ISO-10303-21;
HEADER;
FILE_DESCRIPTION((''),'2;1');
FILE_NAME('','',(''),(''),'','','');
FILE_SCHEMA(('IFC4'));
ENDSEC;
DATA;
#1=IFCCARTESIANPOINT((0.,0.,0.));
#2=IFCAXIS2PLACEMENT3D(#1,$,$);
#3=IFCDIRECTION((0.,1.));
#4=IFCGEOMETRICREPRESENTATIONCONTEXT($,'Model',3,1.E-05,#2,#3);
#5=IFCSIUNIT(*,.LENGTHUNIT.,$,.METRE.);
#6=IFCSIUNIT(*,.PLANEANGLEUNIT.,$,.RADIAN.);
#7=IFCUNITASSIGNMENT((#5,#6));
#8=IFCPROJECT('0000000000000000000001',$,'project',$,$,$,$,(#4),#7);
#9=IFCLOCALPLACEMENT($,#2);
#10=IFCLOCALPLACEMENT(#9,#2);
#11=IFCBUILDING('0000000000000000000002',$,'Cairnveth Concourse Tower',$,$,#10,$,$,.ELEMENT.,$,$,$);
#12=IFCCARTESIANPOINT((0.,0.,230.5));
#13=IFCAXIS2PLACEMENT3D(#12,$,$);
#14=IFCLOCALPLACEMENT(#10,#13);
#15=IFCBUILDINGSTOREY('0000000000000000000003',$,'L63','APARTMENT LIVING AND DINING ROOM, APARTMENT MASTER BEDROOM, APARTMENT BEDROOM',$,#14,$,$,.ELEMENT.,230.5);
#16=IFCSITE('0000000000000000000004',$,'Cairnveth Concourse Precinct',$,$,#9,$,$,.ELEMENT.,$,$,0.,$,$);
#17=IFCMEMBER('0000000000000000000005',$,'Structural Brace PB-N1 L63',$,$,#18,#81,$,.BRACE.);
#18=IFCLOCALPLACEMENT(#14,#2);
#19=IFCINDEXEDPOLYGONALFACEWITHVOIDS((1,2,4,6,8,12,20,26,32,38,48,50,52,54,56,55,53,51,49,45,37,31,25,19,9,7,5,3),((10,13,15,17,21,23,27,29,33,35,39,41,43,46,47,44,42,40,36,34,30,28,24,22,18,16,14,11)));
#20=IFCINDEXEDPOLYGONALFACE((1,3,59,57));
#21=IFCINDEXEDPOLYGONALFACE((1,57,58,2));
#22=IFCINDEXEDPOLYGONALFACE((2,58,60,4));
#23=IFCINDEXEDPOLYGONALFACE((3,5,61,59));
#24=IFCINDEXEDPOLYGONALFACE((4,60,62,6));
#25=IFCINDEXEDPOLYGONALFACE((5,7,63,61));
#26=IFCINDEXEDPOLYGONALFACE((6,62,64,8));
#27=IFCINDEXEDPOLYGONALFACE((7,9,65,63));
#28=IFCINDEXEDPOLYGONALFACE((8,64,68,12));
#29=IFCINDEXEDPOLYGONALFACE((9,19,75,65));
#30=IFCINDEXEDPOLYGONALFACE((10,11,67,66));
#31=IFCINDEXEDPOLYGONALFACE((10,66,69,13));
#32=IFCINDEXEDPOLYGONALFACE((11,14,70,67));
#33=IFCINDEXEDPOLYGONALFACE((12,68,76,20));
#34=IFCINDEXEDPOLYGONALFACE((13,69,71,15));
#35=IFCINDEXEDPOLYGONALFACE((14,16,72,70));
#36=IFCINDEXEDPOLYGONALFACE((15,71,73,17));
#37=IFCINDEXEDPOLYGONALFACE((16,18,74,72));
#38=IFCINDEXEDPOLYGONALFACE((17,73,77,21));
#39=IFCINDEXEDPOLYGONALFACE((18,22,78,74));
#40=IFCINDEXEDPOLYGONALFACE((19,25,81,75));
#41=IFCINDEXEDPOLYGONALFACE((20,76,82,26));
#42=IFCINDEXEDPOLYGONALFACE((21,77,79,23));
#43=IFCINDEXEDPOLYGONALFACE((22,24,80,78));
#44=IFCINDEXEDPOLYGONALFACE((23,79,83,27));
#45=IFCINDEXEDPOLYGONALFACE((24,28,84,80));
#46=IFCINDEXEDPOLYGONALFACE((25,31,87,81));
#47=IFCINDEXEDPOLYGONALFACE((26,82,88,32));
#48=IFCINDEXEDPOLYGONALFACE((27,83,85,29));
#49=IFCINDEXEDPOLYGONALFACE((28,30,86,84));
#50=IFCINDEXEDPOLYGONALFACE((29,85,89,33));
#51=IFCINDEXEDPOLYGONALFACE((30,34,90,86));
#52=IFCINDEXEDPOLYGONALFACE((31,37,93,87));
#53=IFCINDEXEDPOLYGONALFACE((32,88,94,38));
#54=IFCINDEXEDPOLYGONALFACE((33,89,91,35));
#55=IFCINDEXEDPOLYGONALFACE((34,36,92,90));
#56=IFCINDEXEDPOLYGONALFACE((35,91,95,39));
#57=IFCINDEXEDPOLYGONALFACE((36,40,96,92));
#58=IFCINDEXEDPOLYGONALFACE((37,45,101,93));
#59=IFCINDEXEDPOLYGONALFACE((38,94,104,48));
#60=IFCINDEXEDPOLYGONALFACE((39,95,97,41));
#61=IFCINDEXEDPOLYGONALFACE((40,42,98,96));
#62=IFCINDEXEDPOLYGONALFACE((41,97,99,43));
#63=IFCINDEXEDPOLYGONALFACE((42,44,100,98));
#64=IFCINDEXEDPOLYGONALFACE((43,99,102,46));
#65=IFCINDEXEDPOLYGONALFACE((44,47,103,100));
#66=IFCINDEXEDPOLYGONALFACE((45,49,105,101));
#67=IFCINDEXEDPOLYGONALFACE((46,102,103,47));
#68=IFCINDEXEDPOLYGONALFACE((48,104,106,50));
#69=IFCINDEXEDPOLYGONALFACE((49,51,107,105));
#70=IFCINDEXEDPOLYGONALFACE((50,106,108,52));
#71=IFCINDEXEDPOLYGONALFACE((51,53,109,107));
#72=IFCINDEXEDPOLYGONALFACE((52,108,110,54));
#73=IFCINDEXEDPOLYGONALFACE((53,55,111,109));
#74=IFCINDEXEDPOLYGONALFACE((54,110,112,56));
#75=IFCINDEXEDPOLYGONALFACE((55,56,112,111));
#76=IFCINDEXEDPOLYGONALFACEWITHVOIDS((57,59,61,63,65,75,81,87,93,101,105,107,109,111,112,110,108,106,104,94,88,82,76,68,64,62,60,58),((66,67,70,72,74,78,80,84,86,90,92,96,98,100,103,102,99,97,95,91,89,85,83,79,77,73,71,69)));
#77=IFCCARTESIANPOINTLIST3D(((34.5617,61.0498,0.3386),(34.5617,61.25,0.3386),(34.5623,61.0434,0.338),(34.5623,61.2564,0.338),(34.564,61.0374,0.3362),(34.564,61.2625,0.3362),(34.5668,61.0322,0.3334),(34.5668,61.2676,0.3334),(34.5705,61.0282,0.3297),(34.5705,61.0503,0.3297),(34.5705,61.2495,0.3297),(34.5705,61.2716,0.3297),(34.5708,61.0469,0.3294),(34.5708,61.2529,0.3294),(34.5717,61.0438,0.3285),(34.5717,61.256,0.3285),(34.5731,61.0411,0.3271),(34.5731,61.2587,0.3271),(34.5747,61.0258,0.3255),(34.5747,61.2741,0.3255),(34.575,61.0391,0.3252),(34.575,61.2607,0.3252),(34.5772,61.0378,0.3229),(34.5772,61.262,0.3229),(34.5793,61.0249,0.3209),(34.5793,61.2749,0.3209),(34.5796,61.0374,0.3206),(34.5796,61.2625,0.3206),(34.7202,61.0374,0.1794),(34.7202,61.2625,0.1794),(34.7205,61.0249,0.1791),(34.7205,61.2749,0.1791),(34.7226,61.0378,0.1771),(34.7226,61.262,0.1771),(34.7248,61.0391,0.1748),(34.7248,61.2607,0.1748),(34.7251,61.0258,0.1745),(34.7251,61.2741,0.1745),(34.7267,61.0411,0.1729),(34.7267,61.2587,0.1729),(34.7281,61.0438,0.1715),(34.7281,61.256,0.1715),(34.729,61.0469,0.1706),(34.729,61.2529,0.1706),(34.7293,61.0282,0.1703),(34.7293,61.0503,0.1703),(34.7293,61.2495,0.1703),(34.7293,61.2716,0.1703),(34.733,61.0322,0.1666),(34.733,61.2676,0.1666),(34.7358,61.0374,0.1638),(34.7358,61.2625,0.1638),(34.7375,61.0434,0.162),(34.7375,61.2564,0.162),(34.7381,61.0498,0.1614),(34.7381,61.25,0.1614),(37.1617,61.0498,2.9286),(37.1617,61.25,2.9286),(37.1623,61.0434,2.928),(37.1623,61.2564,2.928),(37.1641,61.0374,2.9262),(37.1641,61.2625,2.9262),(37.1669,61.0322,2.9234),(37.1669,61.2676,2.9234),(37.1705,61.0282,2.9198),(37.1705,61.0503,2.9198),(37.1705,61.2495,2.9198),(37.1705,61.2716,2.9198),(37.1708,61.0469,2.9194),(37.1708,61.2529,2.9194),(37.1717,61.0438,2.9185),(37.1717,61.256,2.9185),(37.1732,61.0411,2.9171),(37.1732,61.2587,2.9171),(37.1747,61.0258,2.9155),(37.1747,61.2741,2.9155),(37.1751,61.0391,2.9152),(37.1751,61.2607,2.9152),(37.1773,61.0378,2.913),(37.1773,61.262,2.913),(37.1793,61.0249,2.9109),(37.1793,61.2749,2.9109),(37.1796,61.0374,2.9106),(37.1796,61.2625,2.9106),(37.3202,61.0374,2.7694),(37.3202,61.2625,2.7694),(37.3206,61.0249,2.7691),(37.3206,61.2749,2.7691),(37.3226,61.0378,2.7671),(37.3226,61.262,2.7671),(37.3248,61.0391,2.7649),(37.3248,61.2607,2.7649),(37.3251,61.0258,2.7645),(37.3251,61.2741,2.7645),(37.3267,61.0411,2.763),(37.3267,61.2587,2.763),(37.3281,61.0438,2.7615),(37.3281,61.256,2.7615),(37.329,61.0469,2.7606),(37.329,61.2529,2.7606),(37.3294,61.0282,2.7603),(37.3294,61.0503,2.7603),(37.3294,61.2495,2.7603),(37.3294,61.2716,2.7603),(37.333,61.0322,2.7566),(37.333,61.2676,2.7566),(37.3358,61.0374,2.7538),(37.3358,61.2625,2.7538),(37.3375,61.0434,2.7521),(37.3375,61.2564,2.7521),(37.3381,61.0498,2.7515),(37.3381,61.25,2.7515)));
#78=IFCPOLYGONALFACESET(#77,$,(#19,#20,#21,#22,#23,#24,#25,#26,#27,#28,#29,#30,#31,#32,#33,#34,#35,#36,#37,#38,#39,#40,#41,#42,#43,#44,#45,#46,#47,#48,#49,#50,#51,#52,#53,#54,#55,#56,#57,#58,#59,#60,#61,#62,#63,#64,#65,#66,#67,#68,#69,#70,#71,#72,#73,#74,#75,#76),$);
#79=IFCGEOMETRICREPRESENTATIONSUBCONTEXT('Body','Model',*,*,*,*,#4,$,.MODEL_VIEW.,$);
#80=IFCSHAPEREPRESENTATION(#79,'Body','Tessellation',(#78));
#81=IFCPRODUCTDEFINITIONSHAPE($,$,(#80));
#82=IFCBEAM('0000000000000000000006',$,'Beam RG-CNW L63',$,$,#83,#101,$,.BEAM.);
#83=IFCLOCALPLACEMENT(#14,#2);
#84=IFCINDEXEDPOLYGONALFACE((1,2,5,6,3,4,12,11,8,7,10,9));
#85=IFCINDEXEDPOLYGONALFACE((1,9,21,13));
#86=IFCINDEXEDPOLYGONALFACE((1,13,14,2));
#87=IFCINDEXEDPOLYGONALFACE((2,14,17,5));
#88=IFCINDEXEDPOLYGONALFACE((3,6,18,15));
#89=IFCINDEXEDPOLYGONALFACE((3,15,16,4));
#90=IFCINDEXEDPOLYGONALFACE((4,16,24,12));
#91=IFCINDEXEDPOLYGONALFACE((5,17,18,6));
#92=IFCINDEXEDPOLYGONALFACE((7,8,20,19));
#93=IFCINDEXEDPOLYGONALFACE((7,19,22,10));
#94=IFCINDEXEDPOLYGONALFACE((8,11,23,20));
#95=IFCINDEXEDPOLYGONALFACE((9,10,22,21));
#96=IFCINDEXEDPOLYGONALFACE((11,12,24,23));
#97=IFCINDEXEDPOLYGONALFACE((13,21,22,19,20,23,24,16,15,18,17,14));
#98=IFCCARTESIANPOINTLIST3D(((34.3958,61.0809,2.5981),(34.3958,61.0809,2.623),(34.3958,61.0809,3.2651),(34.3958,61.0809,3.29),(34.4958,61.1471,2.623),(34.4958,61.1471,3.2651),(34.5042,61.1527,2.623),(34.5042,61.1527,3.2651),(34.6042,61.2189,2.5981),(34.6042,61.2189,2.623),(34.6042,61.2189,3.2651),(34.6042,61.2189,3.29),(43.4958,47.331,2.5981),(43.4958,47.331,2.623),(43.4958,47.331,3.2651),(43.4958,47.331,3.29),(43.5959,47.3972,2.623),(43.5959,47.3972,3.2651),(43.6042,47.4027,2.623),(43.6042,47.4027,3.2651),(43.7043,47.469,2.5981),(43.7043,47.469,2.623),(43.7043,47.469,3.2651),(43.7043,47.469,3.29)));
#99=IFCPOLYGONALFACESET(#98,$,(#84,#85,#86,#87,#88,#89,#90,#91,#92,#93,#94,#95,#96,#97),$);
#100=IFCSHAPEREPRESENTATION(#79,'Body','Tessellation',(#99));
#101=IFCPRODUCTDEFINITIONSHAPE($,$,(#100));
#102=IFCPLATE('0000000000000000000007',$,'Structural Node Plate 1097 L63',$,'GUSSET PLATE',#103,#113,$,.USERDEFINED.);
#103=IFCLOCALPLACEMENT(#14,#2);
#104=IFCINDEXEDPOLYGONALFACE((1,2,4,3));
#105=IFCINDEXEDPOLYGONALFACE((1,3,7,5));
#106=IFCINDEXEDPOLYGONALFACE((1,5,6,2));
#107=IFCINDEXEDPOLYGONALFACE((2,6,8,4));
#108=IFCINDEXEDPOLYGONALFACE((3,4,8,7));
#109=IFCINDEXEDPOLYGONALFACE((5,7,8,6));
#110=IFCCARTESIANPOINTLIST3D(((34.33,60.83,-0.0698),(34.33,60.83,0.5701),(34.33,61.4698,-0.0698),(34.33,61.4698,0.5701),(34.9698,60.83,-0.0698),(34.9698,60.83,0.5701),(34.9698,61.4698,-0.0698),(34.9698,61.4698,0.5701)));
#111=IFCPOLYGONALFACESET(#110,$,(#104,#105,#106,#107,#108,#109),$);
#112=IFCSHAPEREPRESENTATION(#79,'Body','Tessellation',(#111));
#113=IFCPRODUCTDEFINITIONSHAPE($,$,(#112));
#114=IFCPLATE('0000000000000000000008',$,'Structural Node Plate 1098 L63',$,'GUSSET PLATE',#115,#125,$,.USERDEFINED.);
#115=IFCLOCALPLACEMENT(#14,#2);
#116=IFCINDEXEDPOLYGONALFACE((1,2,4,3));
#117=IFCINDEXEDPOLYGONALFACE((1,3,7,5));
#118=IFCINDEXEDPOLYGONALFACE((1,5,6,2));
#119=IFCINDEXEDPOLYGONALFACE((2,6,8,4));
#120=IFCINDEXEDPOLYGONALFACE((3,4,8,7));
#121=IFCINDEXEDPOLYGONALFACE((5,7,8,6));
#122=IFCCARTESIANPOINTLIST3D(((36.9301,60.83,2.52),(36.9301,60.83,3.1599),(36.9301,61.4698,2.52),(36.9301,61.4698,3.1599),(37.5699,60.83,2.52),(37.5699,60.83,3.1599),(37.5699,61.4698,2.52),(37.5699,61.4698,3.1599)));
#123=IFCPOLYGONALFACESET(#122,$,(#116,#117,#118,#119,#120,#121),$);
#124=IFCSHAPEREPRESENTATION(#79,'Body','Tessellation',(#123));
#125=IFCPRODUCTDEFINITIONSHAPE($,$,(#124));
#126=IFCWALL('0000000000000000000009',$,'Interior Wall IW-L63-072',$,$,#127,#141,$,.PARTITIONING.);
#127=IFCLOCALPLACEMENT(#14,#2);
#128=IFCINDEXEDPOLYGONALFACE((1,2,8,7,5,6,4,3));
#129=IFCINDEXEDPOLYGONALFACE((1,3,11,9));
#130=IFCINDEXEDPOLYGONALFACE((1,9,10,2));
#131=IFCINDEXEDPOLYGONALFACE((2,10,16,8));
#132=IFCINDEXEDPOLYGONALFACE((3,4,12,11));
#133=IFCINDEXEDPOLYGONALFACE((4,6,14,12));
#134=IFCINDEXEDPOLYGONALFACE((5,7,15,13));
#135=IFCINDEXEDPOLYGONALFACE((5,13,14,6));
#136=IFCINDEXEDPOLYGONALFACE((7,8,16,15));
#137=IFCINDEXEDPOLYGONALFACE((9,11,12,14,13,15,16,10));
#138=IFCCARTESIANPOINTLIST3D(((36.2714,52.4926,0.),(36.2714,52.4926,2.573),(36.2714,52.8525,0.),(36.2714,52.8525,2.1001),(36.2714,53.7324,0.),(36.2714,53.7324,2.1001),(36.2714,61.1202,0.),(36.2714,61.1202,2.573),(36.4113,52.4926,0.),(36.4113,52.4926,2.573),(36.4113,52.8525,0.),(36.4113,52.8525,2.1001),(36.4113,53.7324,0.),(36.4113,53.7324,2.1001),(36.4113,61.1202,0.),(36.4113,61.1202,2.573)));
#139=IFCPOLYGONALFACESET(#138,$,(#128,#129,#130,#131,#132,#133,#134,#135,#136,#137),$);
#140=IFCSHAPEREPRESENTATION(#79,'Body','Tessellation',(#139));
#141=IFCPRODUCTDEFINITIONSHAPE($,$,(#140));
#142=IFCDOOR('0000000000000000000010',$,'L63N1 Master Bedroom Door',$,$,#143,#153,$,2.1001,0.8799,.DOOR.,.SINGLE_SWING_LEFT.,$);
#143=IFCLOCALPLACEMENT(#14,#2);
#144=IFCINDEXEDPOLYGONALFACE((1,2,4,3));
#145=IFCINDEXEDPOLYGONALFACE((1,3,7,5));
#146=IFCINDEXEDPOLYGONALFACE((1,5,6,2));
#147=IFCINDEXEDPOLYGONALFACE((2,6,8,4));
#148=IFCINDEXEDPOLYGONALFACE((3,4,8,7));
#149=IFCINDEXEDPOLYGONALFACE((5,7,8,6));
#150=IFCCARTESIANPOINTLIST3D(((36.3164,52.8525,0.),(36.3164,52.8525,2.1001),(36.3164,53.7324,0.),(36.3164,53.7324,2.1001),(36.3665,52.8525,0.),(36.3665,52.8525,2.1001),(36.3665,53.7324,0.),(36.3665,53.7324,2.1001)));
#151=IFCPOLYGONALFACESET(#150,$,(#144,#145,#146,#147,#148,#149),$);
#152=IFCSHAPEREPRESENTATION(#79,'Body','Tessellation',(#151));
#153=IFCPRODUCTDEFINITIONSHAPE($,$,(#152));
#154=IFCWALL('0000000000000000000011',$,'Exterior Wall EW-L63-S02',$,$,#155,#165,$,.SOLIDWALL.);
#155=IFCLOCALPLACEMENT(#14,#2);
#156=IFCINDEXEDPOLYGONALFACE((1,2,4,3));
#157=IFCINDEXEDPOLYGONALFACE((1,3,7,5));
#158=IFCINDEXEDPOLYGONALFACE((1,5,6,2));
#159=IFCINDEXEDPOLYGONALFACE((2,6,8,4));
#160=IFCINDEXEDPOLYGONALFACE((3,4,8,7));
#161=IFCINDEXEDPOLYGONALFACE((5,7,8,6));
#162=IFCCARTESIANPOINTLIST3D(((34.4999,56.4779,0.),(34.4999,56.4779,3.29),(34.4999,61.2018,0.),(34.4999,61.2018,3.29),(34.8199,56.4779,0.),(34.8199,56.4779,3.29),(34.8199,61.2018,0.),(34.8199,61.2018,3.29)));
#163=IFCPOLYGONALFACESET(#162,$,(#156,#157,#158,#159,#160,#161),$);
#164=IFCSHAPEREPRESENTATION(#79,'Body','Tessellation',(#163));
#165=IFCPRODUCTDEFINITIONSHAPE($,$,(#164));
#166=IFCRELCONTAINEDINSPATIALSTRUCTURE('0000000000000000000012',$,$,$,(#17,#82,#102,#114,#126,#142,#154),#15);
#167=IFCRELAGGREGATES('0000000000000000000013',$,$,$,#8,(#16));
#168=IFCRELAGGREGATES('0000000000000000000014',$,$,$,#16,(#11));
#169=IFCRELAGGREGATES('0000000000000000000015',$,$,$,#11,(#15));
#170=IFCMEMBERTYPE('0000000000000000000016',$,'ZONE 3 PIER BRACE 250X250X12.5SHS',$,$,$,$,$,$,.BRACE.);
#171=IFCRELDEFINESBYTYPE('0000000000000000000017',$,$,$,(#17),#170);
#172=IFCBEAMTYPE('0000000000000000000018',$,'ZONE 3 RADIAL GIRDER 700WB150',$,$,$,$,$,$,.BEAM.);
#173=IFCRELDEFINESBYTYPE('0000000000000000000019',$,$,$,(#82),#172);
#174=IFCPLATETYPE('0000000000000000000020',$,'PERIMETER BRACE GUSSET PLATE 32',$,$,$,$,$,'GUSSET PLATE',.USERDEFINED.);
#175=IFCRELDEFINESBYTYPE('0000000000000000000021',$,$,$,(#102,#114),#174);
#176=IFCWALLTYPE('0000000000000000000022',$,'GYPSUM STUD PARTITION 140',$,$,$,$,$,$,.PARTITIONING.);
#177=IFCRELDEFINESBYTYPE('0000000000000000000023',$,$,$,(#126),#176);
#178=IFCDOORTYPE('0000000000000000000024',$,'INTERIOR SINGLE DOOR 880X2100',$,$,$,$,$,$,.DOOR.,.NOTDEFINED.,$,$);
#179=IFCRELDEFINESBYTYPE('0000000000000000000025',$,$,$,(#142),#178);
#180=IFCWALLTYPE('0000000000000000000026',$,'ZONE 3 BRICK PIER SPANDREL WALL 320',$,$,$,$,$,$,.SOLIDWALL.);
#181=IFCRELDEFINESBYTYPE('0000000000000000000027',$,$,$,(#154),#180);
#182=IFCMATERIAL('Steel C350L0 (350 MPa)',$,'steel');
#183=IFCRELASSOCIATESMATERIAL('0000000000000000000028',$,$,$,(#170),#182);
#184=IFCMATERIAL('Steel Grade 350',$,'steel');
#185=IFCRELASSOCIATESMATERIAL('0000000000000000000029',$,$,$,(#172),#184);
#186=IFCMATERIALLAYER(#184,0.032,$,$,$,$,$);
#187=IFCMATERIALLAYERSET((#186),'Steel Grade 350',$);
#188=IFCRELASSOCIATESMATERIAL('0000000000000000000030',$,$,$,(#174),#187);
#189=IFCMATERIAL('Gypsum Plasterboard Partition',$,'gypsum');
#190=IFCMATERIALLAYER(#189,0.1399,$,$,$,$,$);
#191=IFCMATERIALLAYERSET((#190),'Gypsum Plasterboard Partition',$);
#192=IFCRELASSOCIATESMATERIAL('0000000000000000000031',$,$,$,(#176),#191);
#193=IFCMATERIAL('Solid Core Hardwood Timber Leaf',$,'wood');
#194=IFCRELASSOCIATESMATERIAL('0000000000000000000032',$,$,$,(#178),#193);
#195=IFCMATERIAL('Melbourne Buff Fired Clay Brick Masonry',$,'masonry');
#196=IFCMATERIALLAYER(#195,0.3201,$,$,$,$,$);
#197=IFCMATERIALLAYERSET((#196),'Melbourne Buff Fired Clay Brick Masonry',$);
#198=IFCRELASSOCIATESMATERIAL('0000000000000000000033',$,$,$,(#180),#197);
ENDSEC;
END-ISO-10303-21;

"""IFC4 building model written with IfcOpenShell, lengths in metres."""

from ifc_helpers import new_model, si_unit, direction, frame, frame_2d, origin, origin_2d, place, context, subcontext, project, spatial, rectangle, hollow_rectangle, i_section, extrude, material, layer, layer_set, material_profile, profile_set, type_object, element, fill, save


model = new_model("IFC4")

# Units and contexts
model_context = context("Model", 3, precision=1e-05, world=origin(), true_north=direction((0.0, 1.0)))
body_context = subcontext(model_context, "Body", "Model", "MODEL_VIEW")
ifc_project = project(units=[si_unit("LENGTHUNIT", "METRE"), si_unit("PLANEANGLEUNIT", "RADIAN")], contexts=[model_context])

# Site, building, storey
site_placement = place(None, origin())
site = spatial("IfcSite", under=ifc_project, at=site_placement, Name="Cairnveth Concourse Precinct", CompositionType="ELEMENT", RefElevation=0.0)
building_placement = place(site_placement, origin())
building = spatial("IfcBuilding", under=site, at=building_placement, Name="Cairnveth Concourse Tower", CompositionType="ELEMENT")
storey_placement = place(building_placement, frame((0.0, 0.0, 230.5)))
storey = spatial("IfcBuildingStorey", under=building, at=storey_placement, Name="L63", Description="APARTMENT LIVING AND DINING ROOM, APARTMENT MASTER BEDROOM, APARTMENT BEDROOM", CompositionType="ELEMENT", Elevation=230.5)

# Member
ifc_material_1 = material(Name="Steel C350L0 (350 MPa)", Category="steel")
ifc_material_profile_1 = material_profile(ifc_material_1, hollow_rectangle(XDim=0.25, YDim=0.25, WallThickness=0.0125, InnerFilletRadius=0.0129, OuterFilletRadius=0.0249, at=origin_2d()), Name="250x250x12.5SHS")
ifc_profile_set_1 = profile_set([ifc_material_profile_1], Name="Steel C350L0 (350 MPa)")
member_type = type_object("IfcMemberType", Name="ZONE 3 PIER BRACE 250X250X12.5SHS", PredefinedType="BRACE", material=ifc_profile_set_1)
member_placement = place(storey_placement, frame((34.6499, 61.1499, 0.25), z_axis=(0.708469, 0.0, 0.705742), x_axis=(0.0, 1.0, 0.0)))
element("IfcMember", 1, at=member_placement, inside=storey, type_object=member_type, Name="Structural Brace PB-N1 L63", PredefinedType="BRACE", context=body_context, shape_type="SweptSolid", body=[
    extrude(hollow_rectangle(XDim=0.25, YDim=0.25, WallThickness=0.0125, InnerFilletRadius=0.0129, OuterFilletRadius=0.0249, at=origin_2d()), origin(), (0.0, 0.0, 1.0), 3.6699),
])

# Beam
ifc_material_2 = material(Name="Steel Grade 350", Category="steel")
ifc_material_profile_2 = material_profile(ifc_material_2, i_section(OverallWidth=0.25, OverallDepth=0.6919, WebThickness=0.01, FlangeThickness=0.0249, at=origin_2d()), Name="700WB150")
ifc_profile_set_2 = profile_set([ifc_material_profile_2], Name="Steel Grade 350")
beam_type = type_object("IfcBeamType", Name="ZONE 3 RADIAL GIRDER 700WB150", PredefinedType="BEAM", material=ifc_profile_set_2)
beam_placement = place(storey_placement, frame((34.5, 61.1499, 2.9441), z_axis=(0.551902, -0.833909, 0.0), x_axis=(0.833909, 0.551902, 0.0)))
element("IfcBeam", 2, at=beam_placement, inside=storey, type_object=beam_type, Name="Beam RG-CNW L63", PredefinedType="BEAM", context=body_context, shape_type="SweptSolid", body=[
    extrude(i_section(OverallWidth=0.25, OverallDepth=0.6919, WebThickness=0.01, FlangeThickness=0.0249, at=origin_2d()), origin(), (0.0, 0.0, 1.0), 16.4885),
])

# Plates
ifc_layer_1 = layer(ifc_material_2, 0.032)
ifc_layer_set_1 = layer_set([ifc_layer_1], Name="Steel Grade 350")
plate_type = type_object("IfcPlateType", Name="PERIMETER BRACE GUSSET PLATE 32", ElementType="GUSSET PLATE", PredefinedType="USERDEFINED", material=ifc_layer_set_1)
for number, where, z_axis, x_axis, name in (
    (3, (34.6499, 61.1499, -0.0698), (0.0, 0.0, 1.0), (1.0, 0.0, 0.0), "Structural Node Plate 1097 L63"),
    (4, (37.25, 61.1499, 2.52), (0.0, 0.0, 1.0), (1.0, 0.0, 0.0), "Structural Node Plate 1098 L63"),
):
    element("IfcPlate", number, at=place(storey_placement, frame(where, z_axis=z_axis, x_axis=x_axis)), inside=storey, type_object=plate_type, Name=name, ObjectType="GUSSET PLATE", PredefinedType="USERDEFINED", context=body_context, shape_type="SweptSolid", body=[
        extrude(rectangle(XDim=0.6399, YDim=0.6399, at=origin_2d()), origin(), (0.0, 0.0, 1.0), 0.6399),
    ])

# Wall, opening, door
ifc_material_3 = material(Name="Gypsum Plasterboard Partition", Category="gypsum")
ifc_layer_2 = layer(ifc_material_3, 0.1399)
ifc_layer_set_2 = layer_set([ifc_layer_2], Name="Gypsum Plasterboard Partition")
wall_type_1 = type_object("IfcWallType", Name="GYPSUM STUD PARTITION 140", PredefinedType="PARTITIONING", material=ifc_layer_set_2)
wall_1_placement = place(storey_placement, frame((36.3413, 52.4924, 0.0), z_axis=(0.0, 0.0, 1.0), x_axis=(0.0, 1.0, 0.0)))
wall_1 = element("IfcWall", 5, at=wall_1_placement, inside=storey, type_object=wall_type_1, Name="Interior Wall IW-L63-072", PredefinedType="PARTITIONING", context=body_context, shape_type="SweptSolid", body=[
    extrude(rectangle(XDim=8.6277, YDim=0.1399, at=frame_2d((4.314, 0.0))), origin(), (0.0, 0.0, 1.0), 2.573),
])
opening_1_placement = place(wall_1_placement, frame((0.3601, 0.0, 0.0)))
opening_1 = element("IfcOpeningElement", 6, at=opening_1_placement, cuts=wall_1, PredefinedType="OPENING", context=body_context, shape_type="SweptSolid", body=[
    extrude(rectangle(XDim=0.8799, YDim=2.1001, at=frame_2d((0.4399, 1.05))), frame((0.0, 0.0798, 0.0), z_axis=(0.0, -1.0, 0.0), x_axis=(1.0, 0.0, 0.0)), (0.0, 0.0, 1.0), 0.1599),
])
ifc_material_4 = material(Name="Solid Core Hardwood Timber Leaf", Category="wood")
door_type = type_object("IfcDoorType", Name="INTERIOR SINGLE DOOR 880X2100", OperationType="NOTDEFINED", PredefinedType="DOOR", material=ifc_material_4)
door_placement = place(opening_1_placement, origin())
door = element("IfcDoor", 7, at=door_placement, inside=storey, type_object=door_type, Name="L63N1 Master Bedroom Door", OperationType="SINGLE_SWING_LEFT", OverallHeight=2.1001, OverallWidth=0.8799, PredefinedType="DOOR", context=body_context, shape_type="SweptSolid", body=[
    extrude(rectangle(XDim=0.8799, YDim=2.1001, at=frame_2d((0.4399, 1.05))), frame((0.0, 0.0249, 0.0), z_axis=(0.0, -1.0, 0.0), x_axis=(1.0, 0.0, 0.0)), (0.0, 0.0, 1.0), 0.05),
])
fill(opening_1, door)

# Wall
ifc_material_5 = material(Name="Melbourne Buff Fired Clay Brick Masonry", Category="masonry")
ifc_layer_3 = layer(ifc_material_5, 0.3201)
ifc_layer_set_3 = layer_set([ifc_layer_3], Name="Melbourne Buff Fired Clay Brick Masonry")
wall_type_2 = type_object("IfcWallType", Name="ZONE 3 BRICK PIER SPANDREL WALL 320", PredefinedType="SOLIDWALL", material=ifc_layer_set_3)
wall_2_placement = place(storey_placement, frame((34.6599, 56.478, 0.0), z_axis=(0.0, 0.0, 1.0), x_axis=(0.0, 1.0, 0.0)))
element("IfcWall", 8, at=wall_2_placement, inside=storey, type_object=wall_type_2, Name="Exterior Wall EW-L63-S02", PredefinedType="SOLIDWALL", context=body_context, shape_type="SweptSolid", body=[
    extrude(rectangle(XDim=4.7239, YDim=0.3201, at=frame_2d((2.3618, 0.0))), origin(), (0.0, 0.0, 1.0), 3.29),
])

save(model, "model.ifc")
